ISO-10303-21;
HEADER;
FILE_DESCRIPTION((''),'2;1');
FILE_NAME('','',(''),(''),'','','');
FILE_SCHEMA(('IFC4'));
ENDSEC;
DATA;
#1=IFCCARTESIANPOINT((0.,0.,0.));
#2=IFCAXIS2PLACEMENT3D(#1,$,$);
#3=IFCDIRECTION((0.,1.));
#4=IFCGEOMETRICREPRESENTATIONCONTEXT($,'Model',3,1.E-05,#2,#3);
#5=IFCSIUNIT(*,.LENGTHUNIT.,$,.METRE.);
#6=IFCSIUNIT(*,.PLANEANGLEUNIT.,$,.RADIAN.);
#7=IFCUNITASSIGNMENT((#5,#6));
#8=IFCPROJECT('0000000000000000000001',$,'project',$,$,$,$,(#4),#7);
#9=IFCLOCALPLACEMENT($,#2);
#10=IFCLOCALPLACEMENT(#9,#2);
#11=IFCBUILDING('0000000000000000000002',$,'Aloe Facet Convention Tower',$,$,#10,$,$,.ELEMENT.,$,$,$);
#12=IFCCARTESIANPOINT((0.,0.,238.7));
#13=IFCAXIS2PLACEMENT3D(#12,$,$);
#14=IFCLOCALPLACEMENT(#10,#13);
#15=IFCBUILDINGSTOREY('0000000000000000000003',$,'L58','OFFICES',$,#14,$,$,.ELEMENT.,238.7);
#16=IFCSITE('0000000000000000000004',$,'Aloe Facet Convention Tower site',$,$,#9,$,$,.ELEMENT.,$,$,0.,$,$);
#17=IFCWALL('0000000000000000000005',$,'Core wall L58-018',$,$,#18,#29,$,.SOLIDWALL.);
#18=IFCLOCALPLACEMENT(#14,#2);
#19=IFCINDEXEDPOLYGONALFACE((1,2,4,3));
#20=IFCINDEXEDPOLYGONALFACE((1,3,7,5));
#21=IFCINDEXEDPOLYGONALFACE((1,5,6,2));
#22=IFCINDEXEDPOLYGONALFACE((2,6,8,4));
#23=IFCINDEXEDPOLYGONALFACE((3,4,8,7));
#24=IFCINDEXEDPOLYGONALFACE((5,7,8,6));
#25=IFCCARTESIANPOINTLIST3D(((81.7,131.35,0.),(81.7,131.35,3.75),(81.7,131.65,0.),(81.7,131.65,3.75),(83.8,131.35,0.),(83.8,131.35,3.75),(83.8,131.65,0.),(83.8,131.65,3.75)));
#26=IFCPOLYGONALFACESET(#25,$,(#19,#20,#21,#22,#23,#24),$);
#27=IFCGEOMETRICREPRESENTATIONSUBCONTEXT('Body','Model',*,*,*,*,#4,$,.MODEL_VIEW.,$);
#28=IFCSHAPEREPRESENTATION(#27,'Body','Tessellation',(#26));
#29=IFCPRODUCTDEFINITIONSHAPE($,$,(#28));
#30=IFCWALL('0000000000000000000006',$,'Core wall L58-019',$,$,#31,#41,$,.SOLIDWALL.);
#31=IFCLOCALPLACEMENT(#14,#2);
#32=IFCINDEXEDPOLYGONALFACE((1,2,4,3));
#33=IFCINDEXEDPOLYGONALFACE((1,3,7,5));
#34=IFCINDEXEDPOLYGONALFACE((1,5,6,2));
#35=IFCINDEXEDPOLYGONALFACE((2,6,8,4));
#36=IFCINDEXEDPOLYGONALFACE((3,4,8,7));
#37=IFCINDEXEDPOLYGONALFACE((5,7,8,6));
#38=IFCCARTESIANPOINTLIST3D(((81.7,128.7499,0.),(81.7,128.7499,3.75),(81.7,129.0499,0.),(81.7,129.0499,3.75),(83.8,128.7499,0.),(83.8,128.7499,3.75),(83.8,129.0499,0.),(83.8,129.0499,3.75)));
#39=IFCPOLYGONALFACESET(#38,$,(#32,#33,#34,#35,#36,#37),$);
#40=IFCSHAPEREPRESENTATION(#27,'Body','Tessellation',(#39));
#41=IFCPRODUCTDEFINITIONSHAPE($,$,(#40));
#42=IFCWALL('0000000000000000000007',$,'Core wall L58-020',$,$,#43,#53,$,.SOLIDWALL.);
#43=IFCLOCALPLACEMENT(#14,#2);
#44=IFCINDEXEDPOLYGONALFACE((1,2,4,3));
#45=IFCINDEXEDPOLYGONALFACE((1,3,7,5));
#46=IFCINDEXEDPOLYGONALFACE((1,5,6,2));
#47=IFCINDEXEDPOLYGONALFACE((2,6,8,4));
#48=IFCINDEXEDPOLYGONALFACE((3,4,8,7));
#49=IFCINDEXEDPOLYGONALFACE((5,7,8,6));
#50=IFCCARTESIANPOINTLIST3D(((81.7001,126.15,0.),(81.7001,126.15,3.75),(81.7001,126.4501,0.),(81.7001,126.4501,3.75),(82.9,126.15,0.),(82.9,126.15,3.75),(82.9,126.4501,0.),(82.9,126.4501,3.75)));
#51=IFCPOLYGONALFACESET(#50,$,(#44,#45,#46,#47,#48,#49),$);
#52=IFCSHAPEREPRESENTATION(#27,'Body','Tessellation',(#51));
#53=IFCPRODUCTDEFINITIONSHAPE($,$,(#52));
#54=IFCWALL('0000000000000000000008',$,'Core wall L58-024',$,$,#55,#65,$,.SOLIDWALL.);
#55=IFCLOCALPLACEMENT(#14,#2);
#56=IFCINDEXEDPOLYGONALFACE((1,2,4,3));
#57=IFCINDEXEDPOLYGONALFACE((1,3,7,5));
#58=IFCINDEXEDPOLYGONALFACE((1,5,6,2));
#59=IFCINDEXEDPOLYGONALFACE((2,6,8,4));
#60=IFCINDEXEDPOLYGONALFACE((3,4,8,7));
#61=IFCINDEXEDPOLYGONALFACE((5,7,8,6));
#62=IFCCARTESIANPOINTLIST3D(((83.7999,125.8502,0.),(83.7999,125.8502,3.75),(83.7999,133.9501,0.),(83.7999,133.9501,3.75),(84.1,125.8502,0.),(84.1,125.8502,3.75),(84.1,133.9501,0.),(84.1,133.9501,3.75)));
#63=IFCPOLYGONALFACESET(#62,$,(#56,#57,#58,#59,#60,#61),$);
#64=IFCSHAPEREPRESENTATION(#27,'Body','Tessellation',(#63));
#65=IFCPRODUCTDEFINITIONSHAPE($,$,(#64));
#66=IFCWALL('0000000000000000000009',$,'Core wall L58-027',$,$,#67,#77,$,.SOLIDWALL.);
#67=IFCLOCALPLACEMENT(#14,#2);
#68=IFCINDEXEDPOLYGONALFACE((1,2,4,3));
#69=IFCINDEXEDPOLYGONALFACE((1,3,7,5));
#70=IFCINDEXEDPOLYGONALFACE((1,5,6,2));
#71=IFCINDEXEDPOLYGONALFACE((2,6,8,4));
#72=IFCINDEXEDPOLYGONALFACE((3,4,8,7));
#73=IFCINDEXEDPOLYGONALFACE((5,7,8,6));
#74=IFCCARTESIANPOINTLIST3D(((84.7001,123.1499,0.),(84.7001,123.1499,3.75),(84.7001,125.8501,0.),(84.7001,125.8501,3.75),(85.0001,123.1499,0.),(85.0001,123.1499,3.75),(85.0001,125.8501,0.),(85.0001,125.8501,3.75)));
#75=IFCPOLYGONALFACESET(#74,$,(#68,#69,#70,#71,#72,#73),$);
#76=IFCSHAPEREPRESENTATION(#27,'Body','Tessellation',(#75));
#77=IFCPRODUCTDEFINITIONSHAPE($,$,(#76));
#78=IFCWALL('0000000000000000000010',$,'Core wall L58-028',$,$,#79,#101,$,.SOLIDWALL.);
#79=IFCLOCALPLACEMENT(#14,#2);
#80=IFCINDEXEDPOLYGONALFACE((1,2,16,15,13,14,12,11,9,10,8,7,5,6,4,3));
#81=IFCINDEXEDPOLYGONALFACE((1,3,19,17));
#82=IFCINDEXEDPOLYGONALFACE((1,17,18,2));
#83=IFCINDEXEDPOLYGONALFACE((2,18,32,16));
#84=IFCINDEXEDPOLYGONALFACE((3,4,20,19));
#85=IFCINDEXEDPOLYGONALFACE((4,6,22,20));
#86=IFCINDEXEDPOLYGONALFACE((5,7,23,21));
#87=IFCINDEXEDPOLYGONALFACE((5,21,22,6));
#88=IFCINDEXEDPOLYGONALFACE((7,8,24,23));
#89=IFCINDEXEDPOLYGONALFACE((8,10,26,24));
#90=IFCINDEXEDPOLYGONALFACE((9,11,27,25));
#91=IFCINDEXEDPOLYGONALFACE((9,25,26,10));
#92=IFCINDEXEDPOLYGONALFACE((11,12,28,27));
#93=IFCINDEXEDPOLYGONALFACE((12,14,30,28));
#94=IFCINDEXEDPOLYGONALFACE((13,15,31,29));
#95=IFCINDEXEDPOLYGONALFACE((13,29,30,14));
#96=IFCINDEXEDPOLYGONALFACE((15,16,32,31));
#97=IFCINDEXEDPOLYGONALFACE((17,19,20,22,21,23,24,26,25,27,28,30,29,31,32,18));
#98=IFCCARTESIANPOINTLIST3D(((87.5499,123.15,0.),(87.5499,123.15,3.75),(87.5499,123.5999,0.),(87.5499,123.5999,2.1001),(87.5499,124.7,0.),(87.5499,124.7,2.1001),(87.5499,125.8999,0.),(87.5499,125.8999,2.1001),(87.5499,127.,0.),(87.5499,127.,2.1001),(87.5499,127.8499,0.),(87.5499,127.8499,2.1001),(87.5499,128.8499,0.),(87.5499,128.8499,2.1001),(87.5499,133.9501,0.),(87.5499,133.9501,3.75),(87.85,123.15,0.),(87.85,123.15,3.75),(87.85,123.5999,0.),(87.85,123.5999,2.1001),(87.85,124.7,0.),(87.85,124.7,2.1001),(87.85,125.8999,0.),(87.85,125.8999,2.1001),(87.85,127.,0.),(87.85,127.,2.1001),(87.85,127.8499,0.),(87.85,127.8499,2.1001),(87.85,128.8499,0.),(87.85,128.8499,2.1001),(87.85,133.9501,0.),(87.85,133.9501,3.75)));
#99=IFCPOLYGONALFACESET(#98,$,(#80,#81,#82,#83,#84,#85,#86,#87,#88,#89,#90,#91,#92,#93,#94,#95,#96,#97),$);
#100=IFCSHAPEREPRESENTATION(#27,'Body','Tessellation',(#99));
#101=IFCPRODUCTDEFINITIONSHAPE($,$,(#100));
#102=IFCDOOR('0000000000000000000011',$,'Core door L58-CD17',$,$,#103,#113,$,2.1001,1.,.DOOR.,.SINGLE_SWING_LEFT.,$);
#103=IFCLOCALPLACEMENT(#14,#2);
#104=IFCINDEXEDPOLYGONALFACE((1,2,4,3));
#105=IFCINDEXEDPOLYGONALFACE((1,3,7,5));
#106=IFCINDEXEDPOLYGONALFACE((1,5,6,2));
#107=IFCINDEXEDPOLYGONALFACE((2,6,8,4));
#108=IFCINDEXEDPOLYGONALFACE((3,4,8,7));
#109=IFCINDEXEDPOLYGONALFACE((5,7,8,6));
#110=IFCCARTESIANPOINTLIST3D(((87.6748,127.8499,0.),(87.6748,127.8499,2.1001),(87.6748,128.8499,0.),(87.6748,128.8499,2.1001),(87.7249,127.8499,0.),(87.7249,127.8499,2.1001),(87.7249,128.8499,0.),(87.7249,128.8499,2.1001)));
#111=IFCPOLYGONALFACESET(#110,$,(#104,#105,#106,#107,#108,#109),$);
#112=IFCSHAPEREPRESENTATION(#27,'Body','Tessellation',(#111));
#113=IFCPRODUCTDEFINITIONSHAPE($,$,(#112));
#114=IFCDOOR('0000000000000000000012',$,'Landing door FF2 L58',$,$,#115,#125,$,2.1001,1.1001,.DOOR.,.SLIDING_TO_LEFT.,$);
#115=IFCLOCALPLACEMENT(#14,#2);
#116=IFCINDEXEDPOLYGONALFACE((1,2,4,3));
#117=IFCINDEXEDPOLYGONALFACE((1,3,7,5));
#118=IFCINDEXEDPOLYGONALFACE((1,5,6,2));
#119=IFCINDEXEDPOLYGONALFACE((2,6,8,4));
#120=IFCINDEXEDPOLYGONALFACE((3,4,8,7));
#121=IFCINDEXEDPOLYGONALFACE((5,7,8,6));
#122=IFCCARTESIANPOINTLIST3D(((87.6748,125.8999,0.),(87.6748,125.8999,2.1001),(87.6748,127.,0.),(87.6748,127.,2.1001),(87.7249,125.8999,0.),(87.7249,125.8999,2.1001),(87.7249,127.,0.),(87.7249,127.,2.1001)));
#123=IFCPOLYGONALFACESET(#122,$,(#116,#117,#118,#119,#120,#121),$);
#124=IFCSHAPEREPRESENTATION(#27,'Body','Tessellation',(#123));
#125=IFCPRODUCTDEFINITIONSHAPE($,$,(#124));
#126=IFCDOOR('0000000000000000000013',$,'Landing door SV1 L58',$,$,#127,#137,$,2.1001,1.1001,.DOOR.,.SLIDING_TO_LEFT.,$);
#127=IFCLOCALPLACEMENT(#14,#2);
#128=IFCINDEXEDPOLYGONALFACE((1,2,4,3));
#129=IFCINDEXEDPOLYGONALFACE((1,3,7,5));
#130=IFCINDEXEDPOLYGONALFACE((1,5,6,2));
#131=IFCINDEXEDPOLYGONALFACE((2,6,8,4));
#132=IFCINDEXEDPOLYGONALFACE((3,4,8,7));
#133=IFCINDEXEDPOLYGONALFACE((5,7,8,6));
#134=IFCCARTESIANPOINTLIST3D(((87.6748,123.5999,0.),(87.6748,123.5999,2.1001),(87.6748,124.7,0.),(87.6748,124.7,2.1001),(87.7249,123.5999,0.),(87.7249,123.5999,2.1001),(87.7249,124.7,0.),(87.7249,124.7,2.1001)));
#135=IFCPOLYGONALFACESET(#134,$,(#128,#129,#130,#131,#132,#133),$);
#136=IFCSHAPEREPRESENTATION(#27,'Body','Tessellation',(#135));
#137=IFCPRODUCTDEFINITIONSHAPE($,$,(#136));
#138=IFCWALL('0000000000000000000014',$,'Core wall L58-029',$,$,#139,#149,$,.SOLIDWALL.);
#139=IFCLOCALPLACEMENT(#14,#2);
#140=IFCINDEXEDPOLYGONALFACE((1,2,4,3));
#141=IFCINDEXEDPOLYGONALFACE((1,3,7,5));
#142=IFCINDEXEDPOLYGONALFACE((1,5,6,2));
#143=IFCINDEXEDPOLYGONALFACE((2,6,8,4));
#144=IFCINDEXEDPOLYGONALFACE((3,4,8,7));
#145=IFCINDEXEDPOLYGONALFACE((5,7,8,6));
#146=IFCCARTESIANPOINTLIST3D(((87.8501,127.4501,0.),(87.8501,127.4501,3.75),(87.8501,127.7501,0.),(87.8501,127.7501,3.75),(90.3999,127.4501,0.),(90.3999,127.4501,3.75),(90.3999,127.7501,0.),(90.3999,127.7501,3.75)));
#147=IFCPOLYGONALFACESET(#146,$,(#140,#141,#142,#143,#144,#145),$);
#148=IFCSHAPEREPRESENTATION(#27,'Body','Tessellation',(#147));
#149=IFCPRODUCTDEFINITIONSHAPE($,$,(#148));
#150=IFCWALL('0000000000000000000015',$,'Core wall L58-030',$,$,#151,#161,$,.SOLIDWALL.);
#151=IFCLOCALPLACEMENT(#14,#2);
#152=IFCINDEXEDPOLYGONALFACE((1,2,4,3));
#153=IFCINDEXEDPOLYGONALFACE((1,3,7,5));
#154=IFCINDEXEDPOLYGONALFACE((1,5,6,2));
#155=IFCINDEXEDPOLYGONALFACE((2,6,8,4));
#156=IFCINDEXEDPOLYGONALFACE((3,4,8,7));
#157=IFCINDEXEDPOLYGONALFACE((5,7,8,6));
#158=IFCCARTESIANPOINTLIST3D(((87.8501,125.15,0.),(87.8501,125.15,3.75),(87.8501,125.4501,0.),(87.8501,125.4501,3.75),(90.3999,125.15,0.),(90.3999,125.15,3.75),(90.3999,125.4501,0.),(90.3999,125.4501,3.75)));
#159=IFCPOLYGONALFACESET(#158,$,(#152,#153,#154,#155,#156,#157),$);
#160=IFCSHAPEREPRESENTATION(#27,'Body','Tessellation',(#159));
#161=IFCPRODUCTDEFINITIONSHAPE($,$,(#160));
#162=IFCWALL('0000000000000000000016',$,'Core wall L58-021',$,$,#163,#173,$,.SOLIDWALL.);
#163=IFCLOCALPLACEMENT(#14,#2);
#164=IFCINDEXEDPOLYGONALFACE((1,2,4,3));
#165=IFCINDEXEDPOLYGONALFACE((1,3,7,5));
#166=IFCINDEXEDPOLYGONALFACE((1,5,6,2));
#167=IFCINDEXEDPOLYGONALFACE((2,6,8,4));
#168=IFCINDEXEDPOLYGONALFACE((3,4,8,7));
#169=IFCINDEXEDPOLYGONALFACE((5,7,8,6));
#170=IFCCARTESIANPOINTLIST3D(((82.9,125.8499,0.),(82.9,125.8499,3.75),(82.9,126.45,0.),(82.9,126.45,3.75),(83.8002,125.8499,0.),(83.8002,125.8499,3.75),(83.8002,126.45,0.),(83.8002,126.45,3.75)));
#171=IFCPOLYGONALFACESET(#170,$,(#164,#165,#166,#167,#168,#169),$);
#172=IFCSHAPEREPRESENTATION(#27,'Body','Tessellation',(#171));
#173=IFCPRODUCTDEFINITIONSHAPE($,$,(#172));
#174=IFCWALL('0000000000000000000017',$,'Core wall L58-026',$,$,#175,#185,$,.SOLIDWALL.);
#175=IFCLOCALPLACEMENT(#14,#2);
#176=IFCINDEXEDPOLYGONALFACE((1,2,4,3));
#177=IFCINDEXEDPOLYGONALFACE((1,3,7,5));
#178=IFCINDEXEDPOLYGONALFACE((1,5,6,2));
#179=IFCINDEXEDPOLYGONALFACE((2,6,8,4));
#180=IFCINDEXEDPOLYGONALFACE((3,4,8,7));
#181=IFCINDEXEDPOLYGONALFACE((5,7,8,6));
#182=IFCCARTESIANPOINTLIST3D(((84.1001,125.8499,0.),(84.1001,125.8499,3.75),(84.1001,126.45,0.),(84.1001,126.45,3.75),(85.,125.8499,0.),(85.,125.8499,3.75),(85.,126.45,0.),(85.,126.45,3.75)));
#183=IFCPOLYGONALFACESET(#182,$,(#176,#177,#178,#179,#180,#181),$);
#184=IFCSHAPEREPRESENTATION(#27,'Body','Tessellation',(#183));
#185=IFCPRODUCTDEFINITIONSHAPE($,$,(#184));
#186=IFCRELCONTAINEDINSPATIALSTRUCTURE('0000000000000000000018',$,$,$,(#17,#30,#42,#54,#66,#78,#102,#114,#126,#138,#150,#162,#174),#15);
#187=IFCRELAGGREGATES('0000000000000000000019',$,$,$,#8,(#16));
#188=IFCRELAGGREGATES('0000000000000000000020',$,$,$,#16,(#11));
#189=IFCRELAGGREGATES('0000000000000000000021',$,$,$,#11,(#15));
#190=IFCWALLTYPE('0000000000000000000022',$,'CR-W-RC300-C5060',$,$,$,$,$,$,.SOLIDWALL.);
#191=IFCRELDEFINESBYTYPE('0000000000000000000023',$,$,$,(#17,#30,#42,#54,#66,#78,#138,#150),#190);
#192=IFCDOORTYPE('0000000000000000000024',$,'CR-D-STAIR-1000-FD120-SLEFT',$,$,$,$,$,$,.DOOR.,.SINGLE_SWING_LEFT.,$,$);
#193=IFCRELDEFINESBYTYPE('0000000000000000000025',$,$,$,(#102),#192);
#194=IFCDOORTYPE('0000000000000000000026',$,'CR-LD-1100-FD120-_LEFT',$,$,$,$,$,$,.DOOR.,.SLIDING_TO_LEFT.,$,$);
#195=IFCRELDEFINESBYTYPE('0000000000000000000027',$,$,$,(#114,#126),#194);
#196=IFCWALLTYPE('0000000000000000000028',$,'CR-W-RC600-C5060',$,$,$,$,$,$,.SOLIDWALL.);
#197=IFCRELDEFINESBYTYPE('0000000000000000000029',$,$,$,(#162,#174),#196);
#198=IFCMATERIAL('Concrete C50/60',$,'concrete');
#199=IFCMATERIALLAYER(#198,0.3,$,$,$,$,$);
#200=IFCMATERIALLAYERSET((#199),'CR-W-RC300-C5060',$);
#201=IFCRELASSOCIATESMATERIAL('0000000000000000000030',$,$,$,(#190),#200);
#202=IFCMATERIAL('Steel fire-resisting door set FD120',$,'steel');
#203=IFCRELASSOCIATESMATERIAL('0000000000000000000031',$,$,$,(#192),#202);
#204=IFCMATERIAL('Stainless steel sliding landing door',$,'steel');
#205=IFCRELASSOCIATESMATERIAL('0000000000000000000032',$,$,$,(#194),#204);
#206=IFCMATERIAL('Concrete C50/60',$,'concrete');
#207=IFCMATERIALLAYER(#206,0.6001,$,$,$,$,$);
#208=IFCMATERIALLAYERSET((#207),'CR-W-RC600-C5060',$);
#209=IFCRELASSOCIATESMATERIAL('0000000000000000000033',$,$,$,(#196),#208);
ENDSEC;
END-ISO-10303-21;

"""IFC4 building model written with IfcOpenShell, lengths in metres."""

from ifc_helpers import new_model, si_unit, direction, frame, frame_2d, origin, place, context, subcontext, project, spatial, rectangle, extrude, material, layer, layer_set, type_object, element, fill, save


model = new_model("IFC4")

# Units and contexts
model_context = context("Model", 3, precision=1e-05, world=origin(), true_north=direction((0.0, 1.0)))
body_context = subcontext(model_context, "Body", "Model", "MODEL_VIEW")
ifc_project = project(units=[si_unit("LENGTHUNIT", "METRE"), si_unit("PLANEANGLEUNIT", "RADIAN")], contexts=[model_context])

# Site, building, storey
site_placement = place(None, origin())
site = spatial("IfcSite", under=ifc_project, at=site_placement, Name="Aloe Facet Convention Tower site", CompositionType="ELEMENT", RefElevation=0.0)
building_placement = place(site_placement, origin())
building = spatial("IfcBuilding", under=site, at=building_placement, Name="Aloe Facet Convention Tower", CompositionType="ELEMENT")
storey_placement = place(building_placement, frame((0.0, 0.0, 238.7)))
storey = spatial("IfcBuildingStorey", under=building, at=storey_placement, Name="L58", Description="OFFICES", CompositionType="ELEMENT", Elevation=238.7)

# Shared definitions
ifc_material_1 = material(Name="Concrete C50/60", Category="concrete")
ifc_layer_1 = layer(ifc_material_1, 0.3)
ifc_layer_set_1 = layer_set([ifc_layer_1], Name="CR-W-RC300-C5060")
wall_type_1 = type_object("IfcWallType", Name="CR-W-RC300-C5060", PredefinedType="SOLIDWALL", material=ifc_layer_set_1)

# Shared definitions
ifc_material_2 = material(Name="Steel fire-resisting door set FD120", Category="steel")
door_type_1 = type_object("IfcDoorType", Name="CR-D-STAIR-1000-FD120-SLEFT", OperationType="SINGLE_SWING_LEFT", PredefinedType="DOOR", material=ifc_material_2)

# Walls
for number, where, z_axis, x_axis, name in (
    (1, (81.7, 131.5, 0.0), (0.0, 0.0, 1.0), (1.0, 0.0, 0.0), "Core wall L58-018"),
    (2, (81.7, 128.8999, 0.0), (0.0, 0.0, 1.0), (1.0, 0.0, 0.0), "Core wall L58-019"),
):
    element("IfcWall", number, at=place(storey_placement, frame(where, z_axis=z_axis, x_axis=x_axis)), inside=storey, type_object=wall_type_1, Name=name, PredefinedType="SOLIDWALL", context=body_context, shape_type="SweptSolid", body=[
        extrude(rectangle(XDim=2.1001, YDim=0.3, at=frame_2d((1.05, 0.0))), origin(), (0.0, 0.0, 1.0), 3.75),
    ])
wall_1_placement = place(storey_placement, frame((81.7, 126.3, 0.0), z_axis=(0.0, 0.0, 1.0), x_axis=(1.0, 0.0, 0.0)))
element("IfcWall", 3, at=wall_1_placement, inside=storey, type_object=wall_type_1, Name="Core wall L58-020", PredefinedType="SOLIDWALL", context=body_context, shape_type="SweptSolid", body=[
    extrude(rectangle(XDim=1.2, YDim=0.3, at=frame_2d((0.6001, 0.0))), origin(), (0.0, 0.0, 1.0), 3.75),
])
wall_2_placement = place(storey_placement, frame((83.95, 133.95, 0.0), z_axis=(0.0, 0.0, 1.0), x_axis=(0.0, -1.0, 0.0)))
element("IfcWall", 4, at=wall_2_placement, inside=storey, type_object=wall_type_1, Name="Core wall L58-024", PredefinedType="SOLIDWALL", context=body_context, shape_type="SweptSolid", body=[
    extrude(rectangle(XDim=8.0999, YDim=0.3, at=frame_2d((4.0498, 0.0))), origin(), (0.0, 0.0, 1.0), 3.75),
])
wall_3_placement = place(storey_placement, frame((84.8501, 125.8501, 0.0), z_axis=(0.0, 0.0, 1.0), x_axis=(0.0, -1.0, 0.0)))
element("IfcWall", 5, at=wall_3_placement, inside=storey, type_object=wall_type_1, Name="Core wall L58-027", PredefinedType="SOLIDWALL", context=body_context, shape_type="SweptSolid", body=[
    extrude(rectangle(XDim=2.7002, YDim=0.3, at=frame_2d((1.3501, 0.0))), origin(), (0.0, 0.0, 1.0), 3.75),
])

# Wall, openings, doors
wall_4_placement = place(storey_placement, frame((87.7, 133.95, 0.0), z_axis=(0.0, 0.0, 1.0), x_axis=(0.0, -1.0, 0.0)))
wall_4 = element("IfcWall", 6, at=wall_4_placement, inside=storey, type_object=wall_type_1, Name="Core wall L58-028", PredefinedType="SOLIDWALL", context=body_context, shape_type="SweptSolid", body=[
    extrude(rectangle(XDim=10.8, YDim=0.3, at=frame_2d((5.3999, 0.0))), origin(), (0.0, 0.0, 1.0), 3.75),
])
opening_1_placement = place(wall_4_placement, frame((6.95, 0.0, 0.0)))
opening_1 = element("IfcOpeningElement", 7, at=opening_1_placement, cuts=wall_4, PredefinedType="OPENING", context=body_context, shape_type="SweptSolid", body=[
    extrude(rectangle(XDim=1.1001, YDim=2.1001, at=frame_2d((0.55, 1.05))), frame((0.0, 0.1602, 0.0), z_axis=(0.0, -1.0, 0.0), x_axis=(1.0, 0.0, 0.0)), (0.0, 0.0, 1.0), 0.3201),
])
opening_2_placement = place(wall_4_placement, frame((5.1001, 0.0, 0.0)))
opening_2 = element("IfcOpeningElement", 8, at=opening_2_placement, cuts=wall_4, PredefinedType="OPENING", context=body_context, shape_type="SweptSolid", body=[
    extrude(rectangle(XDim=1.0, YDim=2.1001, at=frame_2d((0.5, 1.05))), frame((0.0, 0.1602, 0.0), z_axis=(0.0, -1.0, 0.0), x_axis=(1.0, 0.0, 0.0)), (0.0, 0.0, 1.0), 0.3201),
])
opening_3_placement = place(wall_4_placement, frame((9.25, 0.0, 0.0)))
opening_3 = element("IfcOpeningElement", 9, at=opening_3_placement, cuts=wall_4, PredefinedType="OPENING", context=body_context, shape_type="SweptSolid", body=[
    extrude(rectangle(XDim=1.1001, YDim=2.1001, at=frame_2d((0.55, 1.05))), frame((0.0, 0.1602, 0.0), z_axis=(0.0, -1.0, 0.0), x_axis=(1.0, 0.0, 0.0)), (0.0, 0.0, 1.0), 0.3201),
])
door_1_placement = place(opening_2_placement, origin())
door_1 = element("IfcDoor", 10, at=door_1_placement, inside=storey, type_object=door_type_1, Name="Core door L58-CD17", OperationType="SINGLE_SWING_LEFT", OverallHeight=2.1001, OverallWidth=1.0, PredefinedType="DOOR", context=body_context, shape_type="SweptSolid", body=[
    extrude(rectangle(XDim=1.0, YDim=2.1001, at=frame_2d((0.5, 1.05))), frame((0.0, 0.0249, 0.0), z_axis=(0.0, -1.0, 0.0), x_axis=(1.0, 0.0, 0.0)), (0.0, 0.0, 1.0), 0.05),
])
fill(opening_2, door_1)
ifc_material_3 = material(Name="Stainless steel sliding landing door", Category="steel")
door_type_2 = type_object("IfcDoorType", Name="CR-LD-1100-FD120-_LEFT", OperationType="SLIDING_TO_LEFT", PredefinedType="DOOR", material=ifc_material_3)
door_2_placement = place(opening_1_placement, origin())
door_2 = element("IfcDoor", 11, at=door_2_placement, inside=storey, type_object=door_type_2, Name="Landing door FF2 L58", OperationType="SLIDING_TO_LEFT", OverallHeight=2.1001, OverallWidth=1.1001, PredefinedType="DOOR", context=body_context, shape_type="SweptSolid", body=[
    extrude(rectangle(XDim=1.1001, YDim=2.1001, at=frame_2d((0.55, 1.05))), frame((0.0, 0.0249, 0.0), z_axis=(0.0, -1.0, 0.0), x_axis=(1.0, 0.0, 0.0)), (0.0, 0.0, 1.0), 0.05),
])
fill(opening_1, door_2)
door_3_placement = place(opening_3_placement, origin())
door_3 = element("IfcDoor", 12, at=door_3_placement, inside=storey, type_object=door_type_2, Name="Landing door SV1 L58", OperationType="SLIDING_TO_LEFT", OverallHeight=2.1001, OverallWidth=1.1001, PredefinedType="DOOR", context=body_context, shape_type="SweptSolid", body=[
    extrude(rectangle(XDim=1.1001, YDim=2.1001, at=frame_2d((0.55, 1.05))), frame((0.0, 0.0249, 0.0), z_axis=(0.0, -1.0, 0.0), x_axis=(1.0, 0.0, 0.0)), (0.0, 0.0, 1.0), 0.05),
])
fill(opening_3, door_3)

# Walls
for number, where, z_axis, x_axis, name in (
    (13, (87.8501, 127.6001, 0.0), (0.0, 0.0, 1.0), (1.0, 0.0, 0.0), "Core wall L58-029"),
    (14, (87.8501, 125.3, 0.0), (0.0, 0.0, 1.0), (1.0, 0.0, 0.0), "Core wall L58-030"),
):
    element("IfcWall", number, at=place(storey_placement, frame(where, z_axis=z_axis, x_axis=x_axis)), inside=storey, type_object=wall_type_1, Name=name, PredefinedType="SOLIDWALL", context=body_context, shape_type="SweptSolid", body=[
        extrude(rectangle(XDim=2.5498, YDim=0.3, at=frame_2d((1.2749, 0.0))), origin(), (0.0, 0.0, 1.0), 3.75),
    ])
ifc_material_4 = material(Name="Concrete C50/60", Category="concrete")
ifc_layer_2 = layer(ifc_material_4, 0.6001)
ifc_layer_set_2 = layer_set([ifc_layer_2], Name="CR-W-RC600-C5060")
wall_type_2 = type_object("IfcWallType", Name="CR-W-RC600-C5060", PredefinedType="SOLIDWALL", material=ifc_layer_set_2)
wall_5_placement = place(storey_placement, frame((82.8999, 126.1499, 0.0), z_axis=(0.0, 0.0, 1.0), x_axis=(1.0, 0.0, 0.0)))
element("IfcWall", 15, at=wall_5_placement, inside=storey, type_object=wall_type_2, Name="Core wall L58-021", PredefinedType="SOLIDWALL", context=body_context, shape_type="SweptSolid", body=[
    extrude(rectangle(XDim=0.9001, YDim=0.6001, at=frame_2d((0.4502, 0.0))), origin(), (0.0, 0.0, 1.0), 3.75),
])
wall_6_placement = place(storey_placement, frame((84.1001, 126.1499, 0.0), z_axis=(0.0, 0.0, 1.0), x_axis=(1.0, 0.0, 0.0)))
element("IfcWall", 16, at=wall_6_placement, inside=storey, type_object=wall_type_2, Name="Core wall L58-026", PredefinedType="SOLIDWALL", context=body_context, shape_type="SweptSolid", body=[
    extrude(rectangle(XDim=0.8999, YDim=0.6001, at=frame_2d((0.45, 0.0))), origin(), (0.0, 0.0, 1.0), 3.75),
])

save(model, "model.ifc")
